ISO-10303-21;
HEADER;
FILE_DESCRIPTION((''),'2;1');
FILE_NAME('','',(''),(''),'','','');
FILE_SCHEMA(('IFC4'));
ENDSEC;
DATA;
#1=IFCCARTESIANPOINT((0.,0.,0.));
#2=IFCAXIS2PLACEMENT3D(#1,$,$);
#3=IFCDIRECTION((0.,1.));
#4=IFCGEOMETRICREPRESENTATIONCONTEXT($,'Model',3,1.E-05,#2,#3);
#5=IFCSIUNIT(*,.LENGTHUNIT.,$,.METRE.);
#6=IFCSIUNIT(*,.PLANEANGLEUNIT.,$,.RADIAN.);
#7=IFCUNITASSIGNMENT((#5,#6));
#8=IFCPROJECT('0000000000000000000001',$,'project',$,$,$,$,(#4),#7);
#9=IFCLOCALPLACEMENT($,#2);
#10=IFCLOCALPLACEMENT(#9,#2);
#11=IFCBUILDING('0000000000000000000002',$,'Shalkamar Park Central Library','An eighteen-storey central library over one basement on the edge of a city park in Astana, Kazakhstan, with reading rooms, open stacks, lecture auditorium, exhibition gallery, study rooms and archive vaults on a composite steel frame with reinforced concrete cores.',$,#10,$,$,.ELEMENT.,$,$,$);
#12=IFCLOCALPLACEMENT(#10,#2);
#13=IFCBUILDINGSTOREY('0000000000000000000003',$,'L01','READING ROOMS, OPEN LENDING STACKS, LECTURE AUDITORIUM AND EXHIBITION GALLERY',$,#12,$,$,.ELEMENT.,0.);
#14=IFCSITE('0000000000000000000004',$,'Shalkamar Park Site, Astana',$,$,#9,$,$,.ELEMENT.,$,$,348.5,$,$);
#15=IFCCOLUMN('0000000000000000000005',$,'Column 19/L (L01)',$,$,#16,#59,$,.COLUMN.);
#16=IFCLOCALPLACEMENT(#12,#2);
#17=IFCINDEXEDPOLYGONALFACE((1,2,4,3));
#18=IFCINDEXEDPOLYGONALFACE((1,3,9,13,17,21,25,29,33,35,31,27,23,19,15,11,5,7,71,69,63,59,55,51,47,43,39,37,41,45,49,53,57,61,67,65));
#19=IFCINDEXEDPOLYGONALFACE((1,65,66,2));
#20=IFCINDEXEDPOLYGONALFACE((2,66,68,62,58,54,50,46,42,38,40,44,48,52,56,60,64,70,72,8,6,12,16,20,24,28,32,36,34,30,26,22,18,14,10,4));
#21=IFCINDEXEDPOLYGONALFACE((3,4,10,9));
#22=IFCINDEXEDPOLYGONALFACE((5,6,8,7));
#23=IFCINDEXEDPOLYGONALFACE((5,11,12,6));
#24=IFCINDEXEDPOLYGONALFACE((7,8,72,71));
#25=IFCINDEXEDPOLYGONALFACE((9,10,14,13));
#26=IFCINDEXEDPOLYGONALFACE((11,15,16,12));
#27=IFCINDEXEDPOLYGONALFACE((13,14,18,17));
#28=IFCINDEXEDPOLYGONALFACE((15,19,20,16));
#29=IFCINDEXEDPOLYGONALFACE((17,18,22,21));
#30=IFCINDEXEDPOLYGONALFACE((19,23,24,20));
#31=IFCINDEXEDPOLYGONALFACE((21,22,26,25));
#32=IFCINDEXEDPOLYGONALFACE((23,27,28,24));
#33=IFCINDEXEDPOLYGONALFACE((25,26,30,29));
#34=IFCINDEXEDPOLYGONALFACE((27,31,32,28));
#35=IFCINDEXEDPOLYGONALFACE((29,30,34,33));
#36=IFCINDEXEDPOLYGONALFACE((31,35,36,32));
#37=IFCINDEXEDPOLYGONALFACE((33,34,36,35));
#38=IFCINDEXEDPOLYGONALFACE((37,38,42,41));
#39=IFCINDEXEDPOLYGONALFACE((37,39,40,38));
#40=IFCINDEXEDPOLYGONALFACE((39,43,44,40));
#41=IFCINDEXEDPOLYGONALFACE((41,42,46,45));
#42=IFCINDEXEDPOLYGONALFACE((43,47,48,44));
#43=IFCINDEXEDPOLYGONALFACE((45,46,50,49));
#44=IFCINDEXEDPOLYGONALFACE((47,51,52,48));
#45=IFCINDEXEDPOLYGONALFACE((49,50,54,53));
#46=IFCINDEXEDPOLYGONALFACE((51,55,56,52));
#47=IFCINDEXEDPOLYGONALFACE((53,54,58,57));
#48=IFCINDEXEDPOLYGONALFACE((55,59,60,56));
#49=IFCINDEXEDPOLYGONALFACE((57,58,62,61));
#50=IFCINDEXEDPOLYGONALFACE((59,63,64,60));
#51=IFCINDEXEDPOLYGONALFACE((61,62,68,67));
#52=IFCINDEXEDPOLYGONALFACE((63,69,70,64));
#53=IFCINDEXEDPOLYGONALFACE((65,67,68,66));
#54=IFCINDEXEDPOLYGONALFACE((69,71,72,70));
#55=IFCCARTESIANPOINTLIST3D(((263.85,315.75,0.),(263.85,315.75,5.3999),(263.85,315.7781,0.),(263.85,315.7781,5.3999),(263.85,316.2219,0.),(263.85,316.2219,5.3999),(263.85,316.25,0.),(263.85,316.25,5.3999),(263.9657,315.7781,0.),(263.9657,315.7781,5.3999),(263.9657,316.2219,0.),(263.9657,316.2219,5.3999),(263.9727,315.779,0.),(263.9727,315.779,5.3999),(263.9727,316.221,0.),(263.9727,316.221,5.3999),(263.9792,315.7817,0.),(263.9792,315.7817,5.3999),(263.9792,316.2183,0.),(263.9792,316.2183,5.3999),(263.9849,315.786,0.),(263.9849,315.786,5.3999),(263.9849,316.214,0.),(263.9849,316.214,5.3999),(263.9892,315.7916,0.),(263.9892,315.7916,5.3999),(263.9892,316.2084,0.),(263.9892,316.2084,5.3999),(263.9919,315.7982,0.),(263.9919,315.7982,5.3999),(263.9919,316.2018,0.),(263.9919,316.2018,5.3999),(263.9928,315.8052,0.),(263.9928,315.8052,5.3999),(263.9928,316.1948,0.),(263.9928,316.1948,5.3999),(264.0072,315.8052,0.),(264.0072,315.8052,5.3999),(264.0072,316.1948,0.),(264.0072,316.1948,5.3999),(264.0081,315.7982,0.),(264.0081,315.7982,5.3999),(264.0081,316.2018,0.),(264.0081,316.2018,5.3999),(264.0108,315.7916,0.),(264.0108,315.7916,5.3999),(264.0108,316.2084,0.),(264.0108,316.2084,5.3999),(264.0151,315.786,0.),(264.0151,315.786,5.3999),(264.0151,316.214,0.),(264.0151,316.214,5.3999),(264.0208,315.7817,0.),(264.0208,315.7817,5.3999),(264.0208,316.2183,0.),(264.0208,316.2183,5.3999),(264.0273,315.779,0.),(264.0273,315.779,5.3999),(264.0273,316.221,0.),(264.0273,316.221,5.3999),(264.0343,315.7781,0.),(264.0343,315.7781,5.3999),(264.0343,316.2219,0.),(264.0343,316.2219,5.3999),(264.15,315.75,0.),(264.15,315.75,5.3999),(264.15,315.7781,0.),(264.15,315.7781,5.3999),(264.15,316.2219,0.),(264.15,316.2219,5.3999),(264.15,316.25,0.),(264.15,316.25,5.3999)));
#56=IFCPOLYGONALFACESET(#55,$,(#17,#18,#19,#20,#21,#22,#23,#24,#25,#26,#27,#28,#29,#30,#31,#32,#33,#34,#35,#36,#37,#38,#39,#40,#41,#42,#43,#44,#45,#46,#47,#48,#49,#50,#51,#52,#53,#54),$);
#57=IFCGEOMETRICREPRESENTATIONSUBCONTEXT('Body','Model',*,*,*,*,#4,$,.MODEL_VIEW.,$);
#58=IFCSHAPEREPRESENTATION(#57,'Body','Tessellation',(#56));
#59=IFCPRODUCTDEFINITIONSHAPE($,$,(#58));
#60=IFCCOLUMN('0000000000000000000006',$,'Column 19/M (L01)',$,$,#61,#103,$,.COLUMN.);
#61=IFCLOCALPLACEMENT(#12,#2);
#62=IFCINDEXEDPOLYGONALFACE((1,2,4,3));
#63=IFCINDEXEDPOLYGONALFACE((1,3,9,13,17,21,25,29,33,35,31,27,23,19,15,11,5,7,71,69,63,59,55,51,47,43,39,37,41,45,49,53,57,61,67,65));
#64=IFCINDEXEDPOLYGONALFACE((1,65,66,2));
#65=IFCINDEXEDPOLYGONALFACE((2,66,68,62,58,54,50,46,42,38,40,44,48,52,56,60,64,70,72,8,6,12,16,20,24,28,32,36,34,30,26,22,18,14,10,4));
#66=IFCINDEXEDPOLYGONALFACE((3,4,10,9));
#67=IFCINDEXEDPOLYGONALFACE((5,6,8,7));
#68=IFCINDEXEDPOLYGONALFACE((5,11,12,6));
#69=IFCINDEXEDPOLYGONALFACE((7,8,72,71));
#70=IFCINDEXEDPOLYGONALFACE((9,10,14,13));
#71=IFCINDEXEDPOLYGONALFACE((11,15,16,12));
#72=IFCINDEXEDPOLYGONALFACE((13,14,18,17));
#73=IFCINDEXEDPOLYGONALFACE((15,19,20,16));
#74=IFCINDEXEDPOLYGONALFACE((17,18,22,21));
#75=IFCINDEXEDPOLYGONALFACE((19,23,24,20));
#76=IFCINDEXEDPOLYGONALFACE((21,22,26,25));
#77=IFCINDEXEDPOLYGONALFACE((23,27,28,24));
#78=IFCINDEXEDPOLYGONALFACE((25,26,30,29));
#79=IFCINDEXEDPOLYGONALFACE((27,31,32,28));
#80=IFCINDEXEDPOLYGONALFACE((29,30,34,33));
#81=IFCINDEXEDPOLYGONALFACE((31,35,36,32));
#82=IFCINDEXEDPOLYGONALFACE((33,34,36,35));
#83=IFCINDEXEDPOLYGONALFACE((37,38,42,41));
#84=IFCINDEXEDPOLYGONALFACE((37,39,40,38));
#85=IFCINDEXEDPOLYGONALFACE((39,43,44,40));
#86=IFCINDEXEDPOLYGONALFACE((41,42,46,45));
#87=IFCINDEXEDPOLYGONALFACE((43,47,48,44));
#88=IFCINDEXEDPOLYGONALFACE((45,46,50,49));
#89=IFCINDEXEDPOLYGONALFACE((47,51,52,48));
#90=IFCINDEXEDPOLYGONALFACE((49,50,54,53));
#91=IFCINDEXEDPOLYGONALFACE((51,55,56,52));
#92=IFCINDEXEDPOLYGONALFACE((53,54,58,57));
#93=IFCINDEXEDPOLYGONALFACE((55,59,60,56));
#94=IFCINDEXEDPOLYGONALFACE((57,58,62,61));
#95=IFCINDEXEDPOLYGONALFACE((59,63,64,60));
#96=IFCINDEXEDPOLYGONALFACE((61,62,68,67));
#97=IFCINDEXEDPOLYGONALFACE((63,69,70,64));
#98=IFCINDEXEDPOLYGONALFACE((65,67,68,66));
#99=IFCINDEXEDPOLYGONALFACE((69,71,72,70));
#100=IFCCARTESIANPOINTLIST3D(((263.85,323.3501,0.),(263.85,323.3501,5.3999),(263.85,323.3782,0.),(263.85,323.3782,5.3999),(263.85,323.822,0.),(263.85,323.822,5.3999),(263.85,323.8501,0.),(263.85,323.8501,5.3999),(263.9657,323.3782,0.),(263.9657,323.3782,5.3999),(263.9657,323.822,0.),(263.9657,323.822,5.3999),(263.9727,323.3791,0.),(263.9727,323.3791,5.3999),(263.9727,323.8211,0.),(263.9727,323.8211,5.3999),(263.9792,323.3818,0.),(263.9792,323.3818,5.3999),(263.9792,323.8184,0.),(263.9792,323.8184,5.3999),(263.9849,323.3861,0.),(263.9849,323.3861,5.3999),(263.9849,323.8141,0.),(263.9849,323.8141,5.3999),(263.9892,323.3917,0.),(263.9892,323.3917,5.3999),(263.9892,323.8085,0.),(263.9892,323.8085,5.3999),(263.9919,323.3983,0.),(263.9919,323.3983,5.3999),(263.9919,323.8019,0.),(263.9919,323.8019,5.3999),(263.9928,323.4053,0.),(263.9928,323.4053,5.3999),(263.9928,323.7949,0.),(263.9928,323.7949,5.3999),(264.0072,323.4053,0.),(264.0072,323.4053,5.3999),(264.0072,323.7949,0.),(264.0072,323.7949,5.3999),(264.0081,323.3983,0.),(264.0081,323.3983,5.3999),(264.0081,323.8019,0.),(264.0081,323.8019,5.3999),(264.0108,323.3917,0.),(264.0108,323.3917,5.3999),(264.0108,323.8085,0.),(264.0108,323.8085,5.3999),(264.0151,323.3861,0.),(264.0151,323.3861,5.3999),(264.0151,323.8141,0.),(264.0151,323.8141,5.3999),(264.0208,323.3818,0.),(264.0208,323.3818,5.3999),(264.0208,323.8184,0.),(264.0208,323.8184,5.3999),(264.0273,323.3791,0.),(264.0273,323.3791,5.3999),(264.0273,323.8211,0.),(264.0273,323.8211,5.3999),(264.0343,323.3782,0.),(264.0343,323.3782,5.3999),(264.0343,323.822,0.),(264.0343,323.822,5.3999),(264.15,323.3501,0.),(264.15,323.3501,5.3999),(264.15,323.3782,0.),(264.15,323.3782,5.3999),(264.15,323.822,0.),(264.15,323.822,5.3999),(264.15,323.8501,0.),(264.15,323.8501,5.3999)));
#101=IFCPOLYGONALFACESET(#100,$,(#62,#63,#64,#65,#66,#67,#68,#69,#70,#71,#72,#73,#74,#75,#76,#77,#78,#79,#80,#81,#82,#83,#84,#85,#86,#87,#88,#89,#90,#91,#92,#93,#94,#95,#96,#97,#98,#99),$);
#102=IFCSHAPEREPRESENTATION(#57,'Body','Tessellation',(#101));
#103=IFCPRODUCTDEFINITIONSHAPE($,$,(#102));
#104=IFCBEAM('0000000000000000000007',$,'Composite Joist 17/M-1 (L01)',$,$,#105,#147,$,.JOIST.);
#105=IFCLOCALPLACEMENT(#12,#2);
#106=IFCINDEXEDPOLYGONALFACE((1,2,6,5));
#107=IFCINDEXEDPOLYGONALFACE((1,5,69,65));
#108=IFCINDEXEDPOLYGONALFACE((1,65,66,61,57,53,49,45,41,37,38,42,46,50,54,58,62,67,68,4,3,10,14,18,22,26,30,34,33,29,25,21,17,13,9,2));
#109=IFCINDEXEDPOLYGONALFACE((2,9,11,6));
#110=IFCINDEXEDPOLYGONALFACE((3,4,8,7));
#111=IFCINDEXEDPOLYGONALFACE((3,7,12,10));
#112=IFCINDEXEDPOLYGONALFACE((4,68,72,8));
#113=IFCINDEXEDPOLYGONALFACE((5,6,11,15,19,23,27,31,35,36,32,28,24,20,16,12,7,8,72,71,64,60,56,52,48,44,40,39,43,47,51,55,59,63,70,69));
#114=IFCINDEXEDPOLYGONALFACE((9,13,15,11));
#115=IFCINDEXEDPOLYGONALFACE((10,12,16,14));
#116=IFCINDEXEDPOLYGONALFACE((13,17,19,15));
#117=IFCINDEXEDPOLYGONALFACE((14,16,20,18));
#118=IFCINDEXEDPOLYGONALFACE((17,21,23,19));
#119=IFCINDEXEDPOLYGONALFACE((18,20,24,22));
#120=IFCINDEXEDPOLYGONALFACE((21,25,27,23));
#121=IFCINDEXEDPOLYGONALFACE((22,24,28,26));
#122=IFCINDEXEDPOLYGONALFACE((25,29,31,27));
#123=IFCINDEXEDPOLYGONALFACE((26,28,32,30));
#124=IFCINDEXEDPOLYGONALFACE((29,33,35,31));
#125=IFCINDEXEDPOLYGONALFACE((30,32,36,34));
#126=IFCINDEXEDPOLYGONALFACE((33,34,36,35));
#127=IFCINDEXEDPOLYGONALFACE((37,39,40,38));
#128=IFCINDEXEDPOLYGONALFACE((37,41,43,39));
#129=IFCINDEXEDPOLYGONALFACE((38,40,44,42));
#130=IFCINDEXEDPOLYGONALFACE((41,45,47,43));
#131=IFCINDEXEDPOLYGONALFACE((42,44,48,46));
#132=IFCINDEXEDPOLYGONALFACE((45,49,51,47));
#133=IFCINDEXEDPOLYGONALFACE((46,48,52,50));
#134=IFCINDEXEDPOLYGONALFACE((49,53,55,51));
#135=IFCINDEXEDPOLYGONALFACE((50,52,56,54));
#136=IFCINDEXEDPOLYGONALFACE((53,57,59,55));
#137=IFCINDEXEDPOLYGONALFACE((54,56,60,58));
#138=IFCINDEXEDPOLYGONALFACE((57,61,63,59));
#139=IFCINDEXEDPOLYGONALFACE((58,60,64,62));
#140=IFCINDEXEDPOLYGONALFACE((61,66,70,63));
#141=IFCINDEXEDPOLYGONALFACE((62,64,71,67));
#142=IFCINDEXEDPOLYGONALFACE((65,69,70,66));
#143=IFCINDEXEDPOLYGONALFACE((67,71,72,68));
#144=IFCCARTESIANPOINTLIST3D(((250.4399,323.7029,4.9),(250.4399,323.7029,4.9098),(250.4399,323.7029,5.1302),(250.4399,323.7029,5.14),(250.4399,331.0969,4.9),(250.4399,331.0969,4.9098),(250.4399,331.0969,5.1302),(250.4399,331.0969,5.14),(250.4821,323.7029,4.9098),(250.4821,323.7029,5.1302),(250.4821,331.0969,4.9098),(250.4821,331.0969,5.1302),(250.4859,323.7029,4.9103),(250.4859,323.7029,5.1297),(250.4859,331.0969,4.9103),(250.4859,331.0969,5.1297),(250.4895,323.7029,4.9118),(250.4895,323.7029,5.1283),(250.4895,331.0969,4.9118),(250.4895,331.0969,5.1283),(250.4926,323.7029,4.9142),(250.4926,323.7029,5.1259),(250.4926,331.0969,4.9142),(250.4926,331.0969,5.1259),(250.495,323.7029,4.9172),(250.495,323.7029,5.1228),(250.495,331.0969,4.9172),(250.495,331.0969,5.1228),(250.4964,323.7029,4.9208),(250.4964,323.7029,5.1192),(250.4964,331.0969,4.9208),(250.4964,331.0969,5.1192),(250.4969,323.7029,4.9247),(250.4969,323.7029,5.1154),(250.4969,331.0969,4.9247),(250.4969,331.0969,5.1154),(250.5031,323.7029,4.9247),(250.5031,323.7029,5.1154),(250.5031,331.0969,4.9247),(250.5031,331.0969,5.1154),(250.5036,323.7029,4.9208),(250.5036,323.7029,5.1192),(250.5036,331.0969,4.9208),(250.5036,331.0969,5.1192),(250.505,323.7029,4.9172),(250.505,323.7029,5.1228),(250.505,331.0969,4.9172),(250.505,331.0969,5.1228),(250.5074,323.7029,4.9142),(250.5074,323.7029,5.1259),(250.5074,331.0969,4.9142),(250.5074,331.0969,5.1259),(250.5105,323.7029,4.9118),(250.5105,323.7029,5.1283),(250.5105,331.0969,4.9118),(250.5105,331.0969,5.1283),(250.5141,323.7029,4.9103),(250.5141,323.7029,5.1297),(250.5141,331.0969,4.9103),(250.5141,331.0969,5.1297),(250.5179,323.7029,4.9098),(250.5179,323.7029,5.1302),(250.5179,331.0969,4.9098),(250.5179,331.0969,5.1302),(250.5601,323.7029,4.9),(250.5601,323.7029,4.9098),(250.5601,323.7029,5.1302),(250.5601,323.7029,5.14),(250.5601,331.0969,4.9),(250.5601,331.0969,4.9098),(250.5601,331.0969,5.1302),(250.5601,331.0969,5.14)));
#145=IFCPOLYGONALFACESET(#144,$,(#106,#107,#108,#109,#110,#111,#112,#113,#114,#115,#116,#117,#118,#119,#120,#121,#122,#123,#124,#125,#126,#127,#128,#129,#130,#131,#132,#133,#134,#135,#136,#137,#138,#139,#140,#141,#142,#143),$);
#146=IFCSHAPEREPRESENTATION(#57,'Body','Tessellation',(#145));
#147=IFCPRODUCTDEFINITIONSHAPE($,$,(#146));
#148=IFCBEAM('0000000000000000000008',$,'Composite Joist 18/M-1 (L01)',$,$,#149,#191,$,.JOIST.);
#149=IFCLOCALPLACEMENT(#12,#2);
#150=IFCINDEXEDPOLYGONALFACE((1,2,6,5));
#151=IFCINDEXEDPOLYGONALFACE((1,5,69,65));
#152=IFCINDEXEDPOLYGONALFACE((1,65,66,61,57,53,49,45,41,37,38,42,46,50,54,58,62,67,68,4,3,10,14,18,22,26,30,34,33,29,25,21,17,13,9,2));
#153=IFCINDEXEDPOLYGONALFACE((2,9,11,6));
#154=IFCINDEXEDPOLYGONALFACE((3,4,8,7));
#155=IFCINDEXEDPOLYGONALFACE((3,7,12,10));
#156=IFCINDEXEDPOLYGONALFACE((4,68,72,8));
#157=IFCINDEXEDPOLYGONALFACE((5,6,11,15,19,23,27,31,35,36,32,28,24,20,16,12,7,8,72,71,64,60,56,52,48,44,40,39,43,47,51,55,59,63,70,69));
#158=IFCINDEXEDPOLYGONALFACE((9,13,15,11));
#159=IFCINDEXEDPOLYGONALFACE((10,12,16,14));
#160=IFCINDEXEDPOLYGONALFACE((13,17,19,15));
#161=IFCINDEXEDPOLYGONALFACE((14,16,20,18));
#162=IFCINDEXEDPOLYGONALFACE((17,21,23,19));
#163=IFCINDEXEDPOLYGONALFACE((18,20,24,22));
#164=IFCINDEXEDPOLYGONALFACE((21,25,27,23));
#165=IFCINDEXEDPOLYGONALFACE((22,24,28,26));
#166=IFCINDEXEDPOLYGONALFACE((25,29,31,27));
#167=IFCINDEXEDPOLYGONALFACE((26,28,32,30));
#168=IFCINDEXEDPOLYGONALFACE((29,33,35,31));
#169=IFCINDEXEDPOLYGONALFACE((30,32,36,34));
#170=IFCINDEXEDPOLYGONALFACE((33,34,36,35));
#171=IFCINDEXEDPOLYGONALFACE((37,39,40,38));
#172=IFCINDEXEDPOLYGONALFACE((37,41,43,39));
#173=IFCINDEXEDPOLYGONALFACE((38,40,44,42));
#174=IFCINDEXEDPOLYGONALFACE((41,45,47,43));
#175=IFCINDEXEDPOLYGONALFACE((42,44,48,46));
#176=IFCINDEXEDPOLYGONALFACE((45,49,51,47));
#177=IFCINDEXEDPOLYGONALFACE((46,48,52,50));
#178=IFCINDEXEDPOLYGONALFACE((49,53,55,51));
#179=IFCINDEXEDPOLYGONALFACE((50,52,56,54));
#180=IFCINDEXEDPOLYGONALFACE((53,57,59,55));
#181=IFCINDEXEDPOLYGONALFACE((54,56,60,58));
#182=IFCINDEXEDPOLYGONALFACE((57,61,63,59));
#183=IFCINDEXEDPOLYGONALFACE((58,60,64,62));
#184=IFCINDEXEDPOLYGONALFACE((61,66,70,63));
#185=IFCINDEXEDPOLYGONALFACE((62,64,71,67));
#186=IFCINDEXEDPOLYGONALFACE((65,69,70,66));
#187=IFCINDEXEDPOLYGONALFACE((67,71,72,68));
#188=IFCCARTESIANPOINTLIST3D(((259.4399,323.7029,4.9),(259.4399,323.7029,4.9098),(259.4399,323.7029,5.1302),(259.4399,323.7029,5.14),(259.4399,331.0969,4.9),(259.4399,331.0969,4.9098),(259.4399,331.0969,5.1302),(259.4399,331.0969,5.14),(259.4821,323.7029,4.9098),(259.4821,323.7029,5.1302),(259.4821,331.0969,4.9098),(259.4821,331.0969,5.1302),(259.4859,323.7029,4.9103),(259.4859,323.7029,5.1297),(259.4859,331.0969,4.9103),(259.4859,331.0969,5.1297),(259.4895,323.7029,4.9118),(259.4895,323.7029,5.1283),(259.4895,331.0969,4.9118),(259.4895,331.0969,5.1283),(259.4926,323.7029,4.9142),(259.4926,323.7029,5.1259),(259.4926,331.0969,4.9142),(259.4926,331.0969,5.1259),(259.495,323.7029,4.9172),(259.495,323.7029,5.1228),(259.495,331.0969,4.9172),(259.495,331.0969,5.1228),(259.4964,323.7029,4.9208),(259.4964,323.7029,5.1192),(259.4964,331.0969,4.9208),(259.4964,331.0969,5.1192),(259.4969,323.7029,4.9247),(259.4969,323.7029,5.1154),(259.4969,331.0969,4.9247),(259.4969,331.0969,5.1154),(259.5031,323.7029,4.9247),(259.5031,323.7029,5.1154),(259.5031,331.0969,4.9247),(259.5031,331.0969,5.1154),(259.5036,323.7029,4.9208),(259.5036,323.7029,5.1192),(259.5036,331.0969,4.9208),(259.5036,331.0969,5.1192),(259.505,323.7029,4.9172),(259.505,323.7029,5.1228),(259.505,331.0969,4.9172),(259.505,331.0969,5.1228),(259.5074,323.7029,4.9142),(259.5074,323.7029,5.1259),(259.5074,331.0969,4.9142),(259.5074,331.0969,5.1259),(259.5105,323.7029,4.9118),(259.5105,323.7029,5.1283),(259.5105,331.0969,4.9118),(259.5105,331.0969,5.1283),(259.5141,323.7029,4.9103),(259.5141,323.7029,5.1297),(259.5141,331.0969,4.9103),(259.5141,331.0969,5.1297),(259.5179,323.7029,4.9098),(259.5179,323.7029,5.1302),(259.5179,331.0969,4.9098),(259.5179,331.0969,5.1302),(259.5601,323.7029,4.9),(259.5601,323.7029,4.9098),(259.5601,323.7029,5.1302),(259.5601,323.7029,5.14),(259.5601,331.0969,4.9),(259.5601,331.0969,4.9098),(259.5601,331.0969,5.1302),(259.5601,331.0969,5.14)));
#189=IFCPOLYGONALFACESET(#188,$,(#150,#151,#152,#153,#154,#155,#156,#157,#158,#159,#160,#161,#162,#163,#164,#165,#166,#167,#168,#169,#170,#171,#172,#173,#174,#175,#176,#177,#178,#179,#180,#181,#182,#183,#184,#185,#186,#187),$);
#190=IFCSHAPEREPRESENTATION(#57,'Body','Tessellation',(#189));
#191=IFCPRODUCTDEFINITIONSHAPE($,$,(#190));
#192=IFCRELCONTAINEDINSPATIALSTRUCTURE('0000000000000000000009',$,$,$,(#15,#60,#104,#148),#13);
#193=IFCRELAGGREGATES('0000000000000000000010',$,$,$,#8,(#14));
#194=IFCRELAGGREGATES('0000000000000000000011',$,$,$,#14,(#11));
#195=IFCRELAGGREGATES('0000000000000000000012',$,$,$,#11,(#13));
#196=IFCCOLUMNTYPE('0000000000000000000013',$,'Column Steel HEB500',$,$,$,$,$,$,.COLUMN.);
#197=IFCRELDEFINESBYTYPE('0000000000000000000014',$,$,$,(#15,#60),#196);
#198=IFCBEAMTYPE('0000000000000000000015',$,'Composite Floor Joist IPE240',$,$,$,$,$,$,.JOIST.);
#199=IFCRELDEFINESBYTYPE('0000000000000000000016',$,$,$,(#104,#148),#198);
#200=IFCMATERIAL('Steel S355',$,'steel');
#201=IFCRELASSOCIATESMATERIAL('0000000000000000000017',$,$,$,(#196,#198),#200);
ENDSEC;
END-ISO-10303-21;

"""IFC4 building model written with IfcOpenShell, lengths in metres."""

from ifc_helpers import new_model, si_unit, direction, frame, origin, origin_2d, place, context, subcontext, project, spatial, i_section, extrude, material, material_profile, profile_set, type_object, element, save


model = new_model("IFC4")

# Units and contexts
model_context = context("Model", 3, precision=1e-05, world=origin(), true_north=direction((0.0, 1.0)))
body_context = subcontext(model_context, "Body", "Model", "MODEL_VIEW")
ifc_project = project(units=[si_unit("LENGTHUNIT", "METRE"), si_unit("PLANEANGLEUNIT", "RADIAN")], contexts=[model_context])

# Site, building, storey
site_placement = place(None, origin())
site = spatial("IfcSite", under=ifc_project, at=site_placement, Name="Shalkamar Park Site, Astana", CompositionType="ELEMENT", RefElevation=348.5)
building_placement = place(site_placement, origin())
building = spatial("IfcBuilding", under=site, at=building_placement, Name="Shalkamar Park Central Library", Description="An eighteen-storey central library over one basement on the edge of a city park in Astana, Kazakhstan, with reading rooms, open stacks, lecture auditorium, exhibition gallery, study rooms and archive vaults on a composite steel frame with reinforced concrete cores.", CompositionType="ELEMENT")
storey_placement = place(building_placement, origin())
storey = spatial("IfcBuildingStorey", under=building, at=storey_placement, Name="L01", Description="READING ROOMS, OPEN LENDING STACKS, LECTURE AUDITORIUM AND EXHIBITION GALLERY", CompositionType="ELEMENT", Elevation=0.0)

# Columns
ifc_material_1 = material(Name="Steel S355", Category="steel")
ifc_material_profile_1 = material_profile(ifc_material_1, i_section(OverallWidth=0.3, OverallDepth=0.5, WebThickness=0.0144, FlangeThickness=0.0281, FilletRadius=0.0271, at=origin_2d()), Name="HEB 500")
ifc_profile_set_1 = profile_set([ifc_material_profile_1], Name="Steel S355")
column_type_1 = type_object("IfcColumnType", Name="Column Steel HEB500", PredefinedType="COLUMN", material=ifc_profile_set_1)
for number, where, z_axis, x_axis, name in (
    (1, (264.0, 316.0, 0.0), (0.0, 0.0, 1.0), (1.0, 0.0, 0.0), "Column 19/L (L01)"),
    (2, (264.0, 323.6001, 0.0), (0.0, 0.0, 1.0), (1.0, 0.0, 0.0), "Column 19/M (L01)"),
):
    element("IfcColumn", number, at=place(storey_placement, frame(where, z_axis=z_axis, x_axis=x_axis)), inside=storey, type_object=column_type_1, Name=name, PredefinedType="COLUMN", context=body_context, shape_type="SweptSolid", body=[
        extrude(i_section(OverallWidth=0.3, OverallDepth=0.5, WebThickness=0.0144, FlangeThickness=0.0281, FilletRadius=0.0271, at=origin_2d()), origin(), (0.0, 0.0, 1.0), 5.3999),
    ])

# Beams
ifc_material_profile_2 = material_profile(ifc_material_1, i_section(OverallWidth=0.1201, OverallDepth=0.24, WebThickness=0.0061, FlangeThickness=0.0098, FilletRadius=0.0149, at=origin_2d()), Name="IPE 240")
ifc_profile_set_2 = profile_set([ifc_material_profile_2], Name="Steel S355")
beam_type_1 = type_object("IfcBeamType", Name="Composite Floor Joist IPE240", PredefinedType="JOIST", material=ifc_profile_set_2)
for number, where, z_axis, x_axis, name in (
    (3, (250.5, 323.7029, 5.02), (0.0, 1.0, 0.0), (-1.0, 0.0, 0.0), "Composite Joist 17/M-1 (L01)"),
    (4, (259.5, 323.7029, 5.02), (0.0, 1.0, 0.0), (-1.0, 0.0, 0.0), "Composite Joist 18/M-1 (L01)"),
):
    element("IfcBeam", number, at=place(storey_placement, frame(where, z_axis=z_axis, x_axis=x_axis)), inside=storey, type_object=beam_type_1, Name=name, PredefinedType="JOIST", context=body_context, shape_type="SweptSolid", body=[
        extrude(i_section(OverallWidth=0.1201, OverallDepth=0.24, WebThickness=0.0061, FlangeThickness=0.0098, FilletRadius=0.0149, at=origin_2d()), origin(), (0.0, 0.0, 1.0), 7.394),
    ])

save(model, "model.ifc")
